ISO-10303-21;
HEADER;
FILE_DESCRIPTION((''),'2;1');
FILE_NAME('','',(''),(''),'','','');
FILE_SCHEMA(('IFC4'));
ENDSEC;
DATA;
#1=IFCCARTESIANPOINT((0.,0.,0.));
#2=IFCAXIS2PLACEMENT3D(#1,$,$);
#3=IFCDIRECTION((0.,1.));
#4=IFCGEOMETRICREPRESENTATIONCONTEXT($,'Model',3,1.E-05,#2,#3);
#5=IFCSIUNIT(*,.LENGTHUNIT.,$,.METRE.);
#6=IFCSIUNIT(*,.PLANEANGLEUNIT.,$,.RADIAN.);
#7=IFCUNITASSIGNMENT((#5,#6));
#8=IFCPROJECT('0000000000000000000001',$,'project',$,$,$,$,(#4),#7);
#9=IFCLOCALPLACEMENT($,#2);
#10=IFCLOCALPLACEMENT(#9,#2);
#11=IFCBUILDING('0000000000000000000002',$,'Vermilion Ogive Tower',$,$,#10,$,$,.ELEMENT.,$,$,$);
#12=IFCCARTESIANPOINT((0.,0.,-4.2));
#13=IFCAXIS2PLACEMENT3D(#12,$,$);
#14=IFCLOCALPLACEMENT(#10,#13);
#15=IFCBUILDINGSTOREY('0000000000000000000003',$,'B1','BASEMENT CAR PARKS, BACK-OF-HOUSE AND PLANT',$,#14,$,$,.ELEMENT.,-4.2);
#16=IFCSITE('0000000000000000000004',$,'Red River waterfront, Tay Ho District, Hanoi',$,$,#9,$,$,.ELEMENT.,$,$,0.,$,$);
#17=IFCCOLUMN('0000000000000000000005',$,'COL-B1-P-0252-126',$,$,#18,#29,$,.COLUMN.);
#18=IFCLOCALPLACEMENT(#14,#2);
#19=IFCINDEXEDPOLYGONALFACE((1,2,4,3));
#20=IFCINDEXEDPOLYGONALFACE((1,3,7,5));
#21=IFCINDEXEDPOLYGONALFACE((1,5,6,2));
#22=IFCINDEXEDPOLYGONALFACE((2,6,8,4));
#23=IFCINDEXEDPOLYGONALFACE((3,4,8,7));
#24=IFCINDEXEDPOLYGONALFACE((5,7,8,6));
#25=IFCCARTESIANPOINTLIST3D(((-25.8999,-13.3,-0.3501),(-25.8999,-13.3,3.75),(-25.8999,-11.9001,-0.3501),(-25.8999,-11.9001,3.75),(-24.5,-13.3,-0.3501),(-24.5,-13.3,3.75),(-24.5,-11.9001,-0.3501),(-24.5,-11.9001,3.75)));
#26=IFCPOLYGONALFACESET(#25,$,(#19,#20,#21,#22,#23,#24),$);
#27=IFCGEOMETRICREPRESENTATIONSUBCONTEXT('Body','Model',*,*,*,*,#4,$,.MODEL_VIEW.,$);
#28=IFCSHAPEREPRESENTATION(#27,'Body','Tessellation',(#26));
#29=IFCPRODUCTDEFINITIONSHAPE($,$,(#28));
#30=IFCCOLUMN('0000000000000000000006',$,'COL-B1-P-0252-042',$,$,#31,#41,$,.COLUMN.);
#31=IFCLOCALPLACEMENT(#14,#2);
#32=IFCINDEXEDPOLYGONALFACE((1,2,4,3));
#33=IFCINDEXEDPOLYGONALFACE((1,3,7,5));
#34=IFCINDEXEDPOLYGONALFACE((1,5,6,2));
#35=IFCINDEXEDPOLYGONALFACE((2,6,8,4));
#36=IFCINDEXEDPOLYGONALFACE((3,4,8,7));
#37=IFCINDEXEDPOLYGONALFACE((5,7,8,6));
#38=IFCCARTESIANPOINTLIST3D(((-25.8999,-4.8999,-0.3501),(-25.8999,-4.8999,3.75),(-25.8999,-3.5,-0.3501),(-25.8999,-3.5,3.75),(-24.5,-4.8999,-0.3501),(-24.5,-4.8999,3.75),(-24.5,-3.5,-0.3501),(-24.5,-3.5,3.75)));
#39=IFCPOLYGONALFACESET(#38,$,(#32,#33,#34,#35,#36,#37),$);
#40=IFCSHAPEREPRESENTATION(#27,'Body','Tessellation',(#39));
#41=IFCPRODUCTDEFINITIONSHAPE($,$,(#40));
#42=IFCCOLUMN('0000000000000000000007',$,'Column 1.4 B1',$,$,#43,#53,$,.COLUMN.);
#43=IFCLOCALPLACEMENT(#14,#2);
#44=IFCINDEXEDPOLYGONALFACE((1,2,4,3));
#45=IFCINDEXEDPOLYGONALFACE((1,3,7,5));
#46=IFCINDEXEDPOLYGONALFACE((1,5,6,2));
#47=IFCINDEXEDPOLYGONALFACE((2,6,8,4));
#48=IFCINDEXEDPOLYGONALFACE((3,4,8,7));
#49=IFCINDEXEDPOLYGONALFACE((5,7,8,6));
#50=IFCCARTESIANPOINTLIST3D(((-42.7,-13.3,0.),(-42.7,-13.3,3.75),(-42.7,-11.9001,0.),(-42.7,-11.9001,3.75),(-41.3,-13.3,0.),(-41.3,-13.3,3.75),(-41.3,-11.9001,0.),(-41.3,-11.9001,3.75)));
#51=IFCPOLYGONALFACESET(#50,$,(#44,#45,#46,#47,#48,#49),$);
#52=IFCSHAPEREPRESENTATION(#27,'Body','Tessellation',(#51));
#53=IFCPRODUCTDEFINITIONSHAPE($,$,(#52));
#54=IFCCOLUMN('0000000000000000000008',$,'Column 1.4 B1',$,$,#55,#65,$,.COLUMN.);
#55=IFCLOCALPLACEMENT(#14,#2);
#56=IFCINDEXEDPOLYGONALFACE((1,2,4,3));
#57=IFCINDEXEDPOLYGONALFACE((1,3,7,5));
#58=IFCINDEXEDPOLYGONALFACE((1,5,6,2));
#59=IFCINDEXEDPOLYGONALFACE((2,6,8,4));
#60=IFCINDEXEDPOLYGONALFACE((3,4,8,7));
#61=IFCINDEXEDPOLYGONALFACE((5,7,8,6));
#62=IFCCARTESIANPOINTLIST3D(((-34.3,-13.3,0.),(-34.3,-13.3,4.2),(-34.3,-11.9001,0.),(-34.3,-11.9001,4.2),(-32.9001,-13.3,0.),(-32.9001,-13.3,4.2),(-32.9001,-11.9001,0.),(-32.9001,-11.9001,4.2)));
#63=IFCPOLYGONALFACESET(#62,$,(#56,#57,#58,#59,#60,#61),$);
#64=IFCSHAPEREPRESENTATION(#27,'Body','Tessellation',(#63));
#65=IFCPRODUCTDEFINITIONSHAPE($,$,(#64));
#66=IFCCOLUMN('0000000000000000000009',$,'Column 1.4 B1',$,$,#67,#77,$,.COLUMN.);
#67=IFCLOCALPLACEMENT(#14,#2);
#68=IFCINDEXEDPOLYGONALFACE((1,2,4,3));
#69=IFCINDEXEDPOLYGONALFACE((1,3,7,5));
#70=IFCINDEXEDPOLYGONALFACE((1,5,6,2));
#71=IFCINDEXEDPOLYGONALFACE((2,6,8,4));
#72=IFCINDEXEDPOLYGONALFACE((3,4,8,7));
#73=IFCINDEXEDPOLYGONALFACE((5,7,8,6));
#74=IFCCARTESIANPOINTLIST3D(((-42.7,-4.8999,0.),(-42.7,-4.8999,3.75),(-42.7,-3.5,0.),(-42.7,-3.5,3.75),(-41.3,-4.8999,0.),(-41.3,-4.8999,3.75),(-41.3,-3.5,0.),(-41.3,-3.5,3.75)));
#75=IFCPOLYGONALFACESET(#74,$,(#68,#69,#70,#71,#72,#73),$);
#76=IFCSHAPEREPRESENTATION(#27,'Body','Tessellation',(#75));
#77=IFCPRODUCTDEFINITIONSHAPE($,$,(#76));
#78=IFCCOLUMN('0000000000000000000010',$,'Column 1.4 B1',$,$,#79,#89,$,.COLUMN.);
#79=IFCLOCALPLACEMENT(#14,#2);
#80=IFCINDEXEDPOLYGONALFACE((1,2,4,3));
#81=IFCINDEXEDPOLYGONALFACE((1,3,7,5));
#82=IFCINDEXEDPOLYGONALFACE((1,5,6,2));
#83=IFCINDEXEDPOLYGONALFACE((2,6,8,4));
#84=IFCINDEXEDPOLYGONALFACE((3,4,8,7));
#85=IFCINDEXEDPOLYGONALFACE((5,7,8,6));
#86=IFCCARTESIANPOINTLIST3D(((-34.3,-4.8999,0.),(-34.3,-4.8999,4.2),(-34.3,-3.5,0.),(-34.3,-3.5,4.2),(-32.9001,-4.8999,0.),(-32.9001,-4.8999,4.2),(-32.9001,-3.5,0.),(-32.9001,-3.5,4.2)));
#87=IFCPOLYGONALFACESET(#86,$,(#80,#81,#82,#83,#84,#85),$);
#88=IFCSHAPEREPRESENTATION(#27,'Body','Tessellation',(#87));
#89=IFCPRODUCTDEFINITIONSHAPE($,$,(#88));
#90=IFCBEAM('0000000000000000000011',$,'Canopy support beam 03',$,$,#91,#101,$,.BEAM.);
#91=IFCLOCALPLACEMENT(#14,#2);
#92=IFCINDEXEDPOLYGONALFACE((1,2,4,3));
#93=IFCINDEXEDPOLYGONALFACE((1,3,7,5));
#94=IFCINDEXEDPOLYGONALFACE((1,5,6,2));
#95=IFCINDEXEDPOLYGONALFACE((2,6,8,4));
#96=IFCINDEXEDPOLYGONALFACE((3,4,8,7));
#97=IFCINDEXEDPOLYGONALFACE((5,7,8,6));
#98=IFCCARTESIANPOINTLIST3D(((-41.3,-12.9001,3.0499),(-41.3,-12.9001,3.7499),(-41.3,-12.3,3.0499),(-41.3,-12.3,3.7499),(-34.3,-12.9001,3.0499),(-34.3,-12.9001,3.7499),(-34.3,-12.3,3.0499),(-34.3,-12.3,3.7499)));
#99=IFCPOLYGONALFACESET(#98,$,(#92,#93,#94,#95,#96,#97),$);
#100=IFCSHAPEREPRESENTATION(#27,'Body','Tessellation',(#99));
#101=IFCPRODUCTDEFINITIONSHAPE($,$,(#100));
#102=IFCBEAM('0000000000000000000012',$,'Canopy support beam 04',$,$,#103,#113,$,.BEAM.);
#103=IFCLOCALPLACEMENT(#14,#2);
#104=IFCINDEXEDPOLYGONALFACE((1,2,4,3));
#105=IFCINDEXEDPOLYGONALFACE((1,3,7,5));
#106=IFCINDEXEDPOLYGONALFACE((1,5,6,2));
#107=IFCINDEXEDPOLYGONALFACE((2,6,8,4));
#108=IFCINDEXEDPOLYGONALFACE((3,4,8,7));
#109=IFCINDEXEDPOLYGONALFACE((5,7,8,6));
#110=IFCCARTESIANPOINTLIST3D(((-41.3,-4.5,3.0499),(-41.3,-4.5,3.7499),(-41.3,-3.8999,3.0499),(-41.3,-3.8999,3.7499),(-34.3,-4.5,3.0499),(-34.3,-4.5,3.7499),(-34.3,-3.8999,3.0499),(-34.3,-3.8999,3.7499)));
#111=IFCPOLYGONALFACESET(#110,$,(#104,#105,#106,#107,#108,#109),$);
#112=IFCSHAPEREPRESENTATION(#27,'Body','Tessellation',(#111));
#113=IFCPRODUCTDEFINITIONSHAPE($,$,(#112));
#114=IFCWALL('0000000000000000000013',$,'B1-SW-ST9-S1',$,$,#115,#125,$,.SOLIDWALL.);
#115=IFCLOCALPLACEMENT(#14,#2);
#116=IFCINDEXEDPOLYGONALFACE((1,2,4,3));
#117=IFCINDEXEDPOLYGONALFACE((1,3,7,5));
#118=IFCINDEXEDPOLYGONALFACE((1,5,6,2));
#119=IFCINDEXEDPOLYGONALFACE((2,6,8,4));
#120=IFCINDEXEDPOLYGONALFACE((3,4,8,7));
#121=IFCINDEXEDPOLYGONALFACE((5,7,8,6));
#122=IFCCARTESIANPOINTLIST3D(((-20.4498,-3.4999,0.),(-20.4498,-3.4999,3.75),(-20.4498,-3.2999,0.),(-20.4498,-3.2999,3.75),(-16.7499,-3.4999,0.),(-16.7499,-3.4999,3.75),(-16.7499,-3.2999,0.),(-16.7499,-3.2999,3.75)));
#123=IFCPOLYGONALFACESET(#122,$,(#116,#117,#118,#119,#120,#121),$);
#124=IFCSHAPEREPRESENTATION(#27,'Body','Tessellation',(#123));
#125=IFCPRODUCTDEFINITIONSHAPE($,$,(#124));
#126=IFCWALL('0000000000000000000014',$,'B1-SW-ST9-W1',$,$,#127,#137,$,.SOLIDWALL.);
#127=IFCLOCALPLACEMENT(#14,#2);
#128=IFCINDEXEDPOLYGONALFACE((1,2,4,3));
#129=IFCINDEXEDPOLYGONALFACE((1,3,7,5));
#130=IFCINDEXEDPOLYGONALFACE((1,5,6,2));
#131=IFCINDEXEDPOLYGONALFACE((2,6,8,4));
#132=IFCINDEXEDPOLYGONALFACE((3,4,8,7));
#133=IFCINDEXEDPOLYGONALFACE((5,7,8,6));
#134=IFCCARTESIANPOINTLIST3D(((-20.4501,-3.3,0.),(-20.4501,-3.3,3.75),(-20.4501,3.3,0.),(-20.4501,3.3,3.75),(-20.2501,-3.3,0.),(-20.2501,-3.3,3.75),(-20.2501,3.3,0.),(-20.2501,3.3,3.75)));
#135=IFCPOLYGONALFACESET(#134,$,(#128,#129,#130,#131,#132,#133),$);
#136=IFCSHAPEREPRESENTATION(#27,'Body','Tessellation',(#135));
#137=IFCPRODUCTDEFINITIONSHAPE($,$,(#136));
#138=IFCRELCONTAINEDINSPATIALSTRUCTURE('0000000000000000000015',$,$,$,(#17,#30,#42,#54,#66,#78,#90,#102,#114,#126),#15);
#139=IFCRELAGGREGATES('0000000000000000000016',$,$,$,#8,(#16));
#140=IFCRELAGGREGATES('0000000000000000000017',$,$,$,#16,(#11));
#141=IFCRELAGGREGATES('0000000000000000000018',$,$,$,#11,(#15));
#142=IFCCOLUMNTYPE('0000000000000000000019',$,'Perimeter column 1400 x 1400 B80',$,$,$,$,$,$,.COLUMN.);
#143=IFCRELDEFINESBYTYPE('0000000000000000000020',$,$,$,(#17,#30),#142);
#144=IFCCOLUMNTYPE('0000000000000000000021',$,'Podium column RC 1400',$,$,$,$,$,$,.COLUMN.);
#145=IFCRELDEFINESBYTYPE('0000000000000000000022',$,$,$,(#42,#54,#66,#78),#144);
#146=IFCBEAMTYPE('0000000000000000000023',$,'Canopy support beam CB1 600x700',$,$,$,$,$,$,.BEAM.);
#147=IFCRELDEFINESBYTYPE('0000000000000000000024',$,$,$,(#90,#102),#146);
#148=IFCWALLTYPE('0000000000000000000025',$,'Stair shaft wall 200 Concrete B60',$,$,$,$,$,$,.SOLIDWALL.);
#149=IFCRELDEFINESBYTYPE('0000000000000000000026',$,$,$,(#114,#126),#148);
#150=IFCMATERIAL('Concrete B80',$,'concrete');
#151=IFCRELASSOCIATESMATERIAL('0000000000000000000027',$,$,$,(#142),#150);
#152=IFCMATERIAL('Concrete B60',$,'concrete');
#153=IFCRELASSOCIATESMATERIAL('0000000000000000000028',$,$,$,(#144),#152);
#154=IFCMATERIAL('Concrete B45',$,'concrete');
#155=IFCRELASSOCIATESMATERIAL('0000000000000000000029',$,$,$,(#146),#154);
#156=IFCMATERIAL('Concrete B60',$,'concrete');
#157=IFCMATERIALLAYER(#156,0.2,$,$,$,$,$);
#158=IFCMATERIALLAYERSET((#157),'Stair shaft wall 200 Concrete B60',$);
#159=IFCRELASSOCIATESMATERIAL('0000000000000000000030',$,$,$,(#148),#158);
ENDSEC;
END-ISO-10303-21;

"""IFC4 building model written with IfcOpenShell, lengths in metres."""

from ifc_helpers import new_model, si_unit, direction, frame, frame_2d, origin, origin_2d, place, context, subcontext, project, spatial, rectangle, extrude, material, layer, layer_set, material_profile, profile_set, type_object, element, save


model = new_model("IFC4")

# Units and contexts
model_context = context("Model", 3, precision=1e-05, world=origin(), true_north=direction((0.0, 1.0)))
body_context = subcontext(model_context, "Body", "Model", "MODEL_VIEW")
ifc_project = project(units=[si_unit("LENGTHUNIT", "METRE"), si_unit("PLANEANGLEUNIT", "RADIAN")], contexts=[model_context])

# Site, building, storey
site_placement = place(None, origin())
site = spatial("IfcSite", under=ifc_project, at=site_placement, Name="Red River waterfront, Tay Ho District, Hanoi", CompositionType="ELEMENT", RefElevation=0.0)
building_placement = place(site_placement, origin())
building = spatial("IfcBuilding", under=site, at=building_placement, Name="Vermilion Ogive Tower", CompositionType="ELEMENT")
storey_placement = place(building_placement, frame((0.0, 0.0, -4.2)))
storey = spatial("IfcBuildingStorey", under=building, at=storey_placement, Name="B1", Description="BASEMENT CAR PARKS, BACK-OF-HOUSE AND PLANT", CompositionType="ELEMENT", Elevation=-4.2)

# Columns
ifc_material_1 = material(Name="Concrete B80", Category="concrete")
ifc_material_profile_1 = material_profile(ifc_material_1, rectangle(XDim=1.3999, YDim=1.3999, at=origin_2d()), Name="1400 x 1400")
ifc_profile_set_1 = profile_set([ifc_material_profile_1], Name="Concrete B80")
column_type_1 = type_object("IfcColumnType", Name="Perimeter column 1400 x 1400 B80", PredefinedType="COLUMN", material=ifc_profile_set_1)
for number, where, z_axis, x_axis, name in (
    (1, (-25.2, -12.6001, -0.3501), (0.0, 0.0, 1.0), (1.0, 0.0, 0.0), "COL-B1-P-0252-126"),
    (2, (-25.2, -4.2, -0.3501), (0.0, 0.0, 1.0), (1.0, 0.0, 0.0), "COL-B1-P-0252-042"),
):
    element("IfcColumn", number, at=place(storey_placement, frame(where, z_axis=z_axis, x_axis=x_axis)), inside=storey, type_object=column_type_1, Name=name, PredefinedType="COLUMN", context=body_context, shape_type="SweptSolid", body=[
        extrude(rectangle(XDim=1.3999, YDim=1.3999, at=origin_2d()), origin(), (0.0, 0.0, 1.0), 4.1001),
    ])
ifc_material_2 = material(Name="Concrete B60", Category="concrete")
ifc_material_profile_2 = material_profile(ifc_material_2, rectangle(XDim=1.3999, YDim=1.3999, at=origin_2d()), Name="RC 1400x1400")
ifc_profile_set_2 = profile_set([ifc_material_profile_2], Name="Concrete B60")
column_type_2 = type_object("IfcColumnType", Name="Podium column RC 1400", PredefinedType="COLUMN", material=ifc_profile_set_2)
column_1_placement = place(storey_placement, frame((-42.0, -12.6001, 0.0), z_axis=(0.0, 0.0, 1.0), x_axis=(1.0, 0.0, 0.0)))
element("IfcColumn", 3, at=column_1_placement, inside=storey, type_object=column_type_2, Name="Column 1.4 B1", PredefinedType="COLUMN", context=body_context, shape_type="SweptSolid", body=[
    extrude(rectangle(XDim=1.3999, YDim=1.3999, at=origin_2d()), origin(), (0.0, 0.0, 1.0), 3.75),
])
column_2_placement = place(storey_placement, frame((-33.6001, -12.6001, 0.0), z_axis=(0.0, 0.0, 1.0), x_axis=(1.0, 0.0, 0.0)))
element("IfcColumn", 4, at=column_2_placement, inside=storey, type_object=column_type_2, Name="Column 1.4 B1", PredefinedType="COLUMN", context=body_context, shape_type="SweptSolid", body=[
    extrude(rectangle(XDim=1.3999, YDim=1.3999, at=origin_2d()), origin(), (0.0, 0.0, 1.0), 4.2),
])
column_3_placement = place(storey_placement, frame((-42.0, -4.2, 0.0), z_axis=(0.0, 0.0, 1.0), x_axis=(1.0, 0.0, 0.0)))
element("IfcColumn", 5, at=column_3_placement, inside=storey, type_object=column_type_2, Name="Column 1.4 B1", PredefinedType="COLUMN", context=body_context, shape_type="SweptSolid", body=[
    extrude(rectangle(XDim=1.3999, YDim=1.3999, at=origin_2d()), origin(), (0.0, 0.0, 1.0), 3.75),
])
column_4_placement = place(storey_placement, frame((-33.6001, -4.2, 0.0), z_axis=(0.0, 0.0, 1.0), x_axis=(1.0, 0.0, 0.0)))
element("IfcColumn", 6, at=column_4_placement, inside=storey, type_object=column_type_2, Name="Column 1.4 B1", PredefinedType="COLUMN", context=body_context, shape_type="SweptSolid", body=[
    extrude(rectangle(XDim=1.3999, YDim=1.3999, at=origin_2d()), origin(), (0.0, 0.0, 1.0), 4.2),
])

# Beams
ifc_material_3 = material(Name="Concrete B45", Category="concrete")
ifc_material_profile_3 = material_profile(ifc_material_3, rectangle(XDim=0.6001, YDim=0.7, at=origin_2d()), Name="RC 600x700")
ifc_profile_set_3 = profile_set([ifc_material_profile_3], Name="Concrete B45")
beam_type = type_object("IfcBeamType", Name="Canopy support beam CB1 600x700", PredefinedType="BEAM", material=ifc_profile_set_3)
for number, where, z_axis, x_axis, name in (
    (7, (-41.3, -12.6001, 3.3999), (1.0, 0.0, 0.0), (0.0, 1.0, 0.0), "Canopy support beam 03"),
    (8, (-41.3, -4.2, 3.3999), (1.0, 0.0, 0.0), (0.0, 1.0, 0.0), "Canopy support beam 04"),
):
    element("IfcBeam", number, at=place(storey_placement, frame(where, z_axis=z_axis, x_axis=x_axis)), inside=storey, type_object=beam_type, Name=name, PredefinedType="BEAM", context=body_context, shape_type="SweptSolid", body=[
        extrude(rectangle(XDim=0.6001, YDim=0.7, at=origin_2d()), origin(), (0.0, 0.0, 1.0), 7.0),
    ])

# Walls
ifc_material_4 = material(Name="Concrete B60", Category="concrete")
ifc_layer = layer(ifc_material_4, 0.2)
ifc_layer_set = layer_set([ifc_layer], Name="Stair shaft wall 200 Concrete B60")
wall_type = type_object("IfcWallType", Name="Stair shaft wall 200 Concrete B60", PredefinedType="SOLIDWALL", material=ifc_layer_set)
wall_1_placement = place(storey_placement, frame((-20.45, -3.3999, 0.0), z_axis=(0.0, 0.0, 1.0), x_axis=(1.0, 0.0, 0.0)))
element("IfcWall", 9, at=wall_1_placement, inside=storey, type_object=wall_type, Name="B1-SW-ST9-S1", PredefinedType="SOLIDWALL", context=body_context, shape_type="SweptSolid", body=[
    extrude(rectangle(XDim=3.7, YDim=0.2, at=frame_2d((1.8501, 0.0))), origin(), (0.0, 0.0, 1.0), 3.75),
])
wall_2_placement = place(storey_placement, frame((-20.3501, -3.3, 0.0), z_axis=(0.0, 0.0, 1.0), x_axis=(0.0, 1.0, 0.0)))
element("IfcWall", 10, at=wall_2_placement, inside=storey, type_object=wall_type, Name="B1-SW-ST9-W1", PredefinedType="SOLIDWALL", context=body_context, shape_type="SweptSolid", body=[
    extrude(rectangle(XDim=6.6001, YDim=0.2, at=frame_2d((3.3, 0.0))), origin(), (0.0, 0.0, 1.0), 3.75),
])

save(model, "model.ifc")
